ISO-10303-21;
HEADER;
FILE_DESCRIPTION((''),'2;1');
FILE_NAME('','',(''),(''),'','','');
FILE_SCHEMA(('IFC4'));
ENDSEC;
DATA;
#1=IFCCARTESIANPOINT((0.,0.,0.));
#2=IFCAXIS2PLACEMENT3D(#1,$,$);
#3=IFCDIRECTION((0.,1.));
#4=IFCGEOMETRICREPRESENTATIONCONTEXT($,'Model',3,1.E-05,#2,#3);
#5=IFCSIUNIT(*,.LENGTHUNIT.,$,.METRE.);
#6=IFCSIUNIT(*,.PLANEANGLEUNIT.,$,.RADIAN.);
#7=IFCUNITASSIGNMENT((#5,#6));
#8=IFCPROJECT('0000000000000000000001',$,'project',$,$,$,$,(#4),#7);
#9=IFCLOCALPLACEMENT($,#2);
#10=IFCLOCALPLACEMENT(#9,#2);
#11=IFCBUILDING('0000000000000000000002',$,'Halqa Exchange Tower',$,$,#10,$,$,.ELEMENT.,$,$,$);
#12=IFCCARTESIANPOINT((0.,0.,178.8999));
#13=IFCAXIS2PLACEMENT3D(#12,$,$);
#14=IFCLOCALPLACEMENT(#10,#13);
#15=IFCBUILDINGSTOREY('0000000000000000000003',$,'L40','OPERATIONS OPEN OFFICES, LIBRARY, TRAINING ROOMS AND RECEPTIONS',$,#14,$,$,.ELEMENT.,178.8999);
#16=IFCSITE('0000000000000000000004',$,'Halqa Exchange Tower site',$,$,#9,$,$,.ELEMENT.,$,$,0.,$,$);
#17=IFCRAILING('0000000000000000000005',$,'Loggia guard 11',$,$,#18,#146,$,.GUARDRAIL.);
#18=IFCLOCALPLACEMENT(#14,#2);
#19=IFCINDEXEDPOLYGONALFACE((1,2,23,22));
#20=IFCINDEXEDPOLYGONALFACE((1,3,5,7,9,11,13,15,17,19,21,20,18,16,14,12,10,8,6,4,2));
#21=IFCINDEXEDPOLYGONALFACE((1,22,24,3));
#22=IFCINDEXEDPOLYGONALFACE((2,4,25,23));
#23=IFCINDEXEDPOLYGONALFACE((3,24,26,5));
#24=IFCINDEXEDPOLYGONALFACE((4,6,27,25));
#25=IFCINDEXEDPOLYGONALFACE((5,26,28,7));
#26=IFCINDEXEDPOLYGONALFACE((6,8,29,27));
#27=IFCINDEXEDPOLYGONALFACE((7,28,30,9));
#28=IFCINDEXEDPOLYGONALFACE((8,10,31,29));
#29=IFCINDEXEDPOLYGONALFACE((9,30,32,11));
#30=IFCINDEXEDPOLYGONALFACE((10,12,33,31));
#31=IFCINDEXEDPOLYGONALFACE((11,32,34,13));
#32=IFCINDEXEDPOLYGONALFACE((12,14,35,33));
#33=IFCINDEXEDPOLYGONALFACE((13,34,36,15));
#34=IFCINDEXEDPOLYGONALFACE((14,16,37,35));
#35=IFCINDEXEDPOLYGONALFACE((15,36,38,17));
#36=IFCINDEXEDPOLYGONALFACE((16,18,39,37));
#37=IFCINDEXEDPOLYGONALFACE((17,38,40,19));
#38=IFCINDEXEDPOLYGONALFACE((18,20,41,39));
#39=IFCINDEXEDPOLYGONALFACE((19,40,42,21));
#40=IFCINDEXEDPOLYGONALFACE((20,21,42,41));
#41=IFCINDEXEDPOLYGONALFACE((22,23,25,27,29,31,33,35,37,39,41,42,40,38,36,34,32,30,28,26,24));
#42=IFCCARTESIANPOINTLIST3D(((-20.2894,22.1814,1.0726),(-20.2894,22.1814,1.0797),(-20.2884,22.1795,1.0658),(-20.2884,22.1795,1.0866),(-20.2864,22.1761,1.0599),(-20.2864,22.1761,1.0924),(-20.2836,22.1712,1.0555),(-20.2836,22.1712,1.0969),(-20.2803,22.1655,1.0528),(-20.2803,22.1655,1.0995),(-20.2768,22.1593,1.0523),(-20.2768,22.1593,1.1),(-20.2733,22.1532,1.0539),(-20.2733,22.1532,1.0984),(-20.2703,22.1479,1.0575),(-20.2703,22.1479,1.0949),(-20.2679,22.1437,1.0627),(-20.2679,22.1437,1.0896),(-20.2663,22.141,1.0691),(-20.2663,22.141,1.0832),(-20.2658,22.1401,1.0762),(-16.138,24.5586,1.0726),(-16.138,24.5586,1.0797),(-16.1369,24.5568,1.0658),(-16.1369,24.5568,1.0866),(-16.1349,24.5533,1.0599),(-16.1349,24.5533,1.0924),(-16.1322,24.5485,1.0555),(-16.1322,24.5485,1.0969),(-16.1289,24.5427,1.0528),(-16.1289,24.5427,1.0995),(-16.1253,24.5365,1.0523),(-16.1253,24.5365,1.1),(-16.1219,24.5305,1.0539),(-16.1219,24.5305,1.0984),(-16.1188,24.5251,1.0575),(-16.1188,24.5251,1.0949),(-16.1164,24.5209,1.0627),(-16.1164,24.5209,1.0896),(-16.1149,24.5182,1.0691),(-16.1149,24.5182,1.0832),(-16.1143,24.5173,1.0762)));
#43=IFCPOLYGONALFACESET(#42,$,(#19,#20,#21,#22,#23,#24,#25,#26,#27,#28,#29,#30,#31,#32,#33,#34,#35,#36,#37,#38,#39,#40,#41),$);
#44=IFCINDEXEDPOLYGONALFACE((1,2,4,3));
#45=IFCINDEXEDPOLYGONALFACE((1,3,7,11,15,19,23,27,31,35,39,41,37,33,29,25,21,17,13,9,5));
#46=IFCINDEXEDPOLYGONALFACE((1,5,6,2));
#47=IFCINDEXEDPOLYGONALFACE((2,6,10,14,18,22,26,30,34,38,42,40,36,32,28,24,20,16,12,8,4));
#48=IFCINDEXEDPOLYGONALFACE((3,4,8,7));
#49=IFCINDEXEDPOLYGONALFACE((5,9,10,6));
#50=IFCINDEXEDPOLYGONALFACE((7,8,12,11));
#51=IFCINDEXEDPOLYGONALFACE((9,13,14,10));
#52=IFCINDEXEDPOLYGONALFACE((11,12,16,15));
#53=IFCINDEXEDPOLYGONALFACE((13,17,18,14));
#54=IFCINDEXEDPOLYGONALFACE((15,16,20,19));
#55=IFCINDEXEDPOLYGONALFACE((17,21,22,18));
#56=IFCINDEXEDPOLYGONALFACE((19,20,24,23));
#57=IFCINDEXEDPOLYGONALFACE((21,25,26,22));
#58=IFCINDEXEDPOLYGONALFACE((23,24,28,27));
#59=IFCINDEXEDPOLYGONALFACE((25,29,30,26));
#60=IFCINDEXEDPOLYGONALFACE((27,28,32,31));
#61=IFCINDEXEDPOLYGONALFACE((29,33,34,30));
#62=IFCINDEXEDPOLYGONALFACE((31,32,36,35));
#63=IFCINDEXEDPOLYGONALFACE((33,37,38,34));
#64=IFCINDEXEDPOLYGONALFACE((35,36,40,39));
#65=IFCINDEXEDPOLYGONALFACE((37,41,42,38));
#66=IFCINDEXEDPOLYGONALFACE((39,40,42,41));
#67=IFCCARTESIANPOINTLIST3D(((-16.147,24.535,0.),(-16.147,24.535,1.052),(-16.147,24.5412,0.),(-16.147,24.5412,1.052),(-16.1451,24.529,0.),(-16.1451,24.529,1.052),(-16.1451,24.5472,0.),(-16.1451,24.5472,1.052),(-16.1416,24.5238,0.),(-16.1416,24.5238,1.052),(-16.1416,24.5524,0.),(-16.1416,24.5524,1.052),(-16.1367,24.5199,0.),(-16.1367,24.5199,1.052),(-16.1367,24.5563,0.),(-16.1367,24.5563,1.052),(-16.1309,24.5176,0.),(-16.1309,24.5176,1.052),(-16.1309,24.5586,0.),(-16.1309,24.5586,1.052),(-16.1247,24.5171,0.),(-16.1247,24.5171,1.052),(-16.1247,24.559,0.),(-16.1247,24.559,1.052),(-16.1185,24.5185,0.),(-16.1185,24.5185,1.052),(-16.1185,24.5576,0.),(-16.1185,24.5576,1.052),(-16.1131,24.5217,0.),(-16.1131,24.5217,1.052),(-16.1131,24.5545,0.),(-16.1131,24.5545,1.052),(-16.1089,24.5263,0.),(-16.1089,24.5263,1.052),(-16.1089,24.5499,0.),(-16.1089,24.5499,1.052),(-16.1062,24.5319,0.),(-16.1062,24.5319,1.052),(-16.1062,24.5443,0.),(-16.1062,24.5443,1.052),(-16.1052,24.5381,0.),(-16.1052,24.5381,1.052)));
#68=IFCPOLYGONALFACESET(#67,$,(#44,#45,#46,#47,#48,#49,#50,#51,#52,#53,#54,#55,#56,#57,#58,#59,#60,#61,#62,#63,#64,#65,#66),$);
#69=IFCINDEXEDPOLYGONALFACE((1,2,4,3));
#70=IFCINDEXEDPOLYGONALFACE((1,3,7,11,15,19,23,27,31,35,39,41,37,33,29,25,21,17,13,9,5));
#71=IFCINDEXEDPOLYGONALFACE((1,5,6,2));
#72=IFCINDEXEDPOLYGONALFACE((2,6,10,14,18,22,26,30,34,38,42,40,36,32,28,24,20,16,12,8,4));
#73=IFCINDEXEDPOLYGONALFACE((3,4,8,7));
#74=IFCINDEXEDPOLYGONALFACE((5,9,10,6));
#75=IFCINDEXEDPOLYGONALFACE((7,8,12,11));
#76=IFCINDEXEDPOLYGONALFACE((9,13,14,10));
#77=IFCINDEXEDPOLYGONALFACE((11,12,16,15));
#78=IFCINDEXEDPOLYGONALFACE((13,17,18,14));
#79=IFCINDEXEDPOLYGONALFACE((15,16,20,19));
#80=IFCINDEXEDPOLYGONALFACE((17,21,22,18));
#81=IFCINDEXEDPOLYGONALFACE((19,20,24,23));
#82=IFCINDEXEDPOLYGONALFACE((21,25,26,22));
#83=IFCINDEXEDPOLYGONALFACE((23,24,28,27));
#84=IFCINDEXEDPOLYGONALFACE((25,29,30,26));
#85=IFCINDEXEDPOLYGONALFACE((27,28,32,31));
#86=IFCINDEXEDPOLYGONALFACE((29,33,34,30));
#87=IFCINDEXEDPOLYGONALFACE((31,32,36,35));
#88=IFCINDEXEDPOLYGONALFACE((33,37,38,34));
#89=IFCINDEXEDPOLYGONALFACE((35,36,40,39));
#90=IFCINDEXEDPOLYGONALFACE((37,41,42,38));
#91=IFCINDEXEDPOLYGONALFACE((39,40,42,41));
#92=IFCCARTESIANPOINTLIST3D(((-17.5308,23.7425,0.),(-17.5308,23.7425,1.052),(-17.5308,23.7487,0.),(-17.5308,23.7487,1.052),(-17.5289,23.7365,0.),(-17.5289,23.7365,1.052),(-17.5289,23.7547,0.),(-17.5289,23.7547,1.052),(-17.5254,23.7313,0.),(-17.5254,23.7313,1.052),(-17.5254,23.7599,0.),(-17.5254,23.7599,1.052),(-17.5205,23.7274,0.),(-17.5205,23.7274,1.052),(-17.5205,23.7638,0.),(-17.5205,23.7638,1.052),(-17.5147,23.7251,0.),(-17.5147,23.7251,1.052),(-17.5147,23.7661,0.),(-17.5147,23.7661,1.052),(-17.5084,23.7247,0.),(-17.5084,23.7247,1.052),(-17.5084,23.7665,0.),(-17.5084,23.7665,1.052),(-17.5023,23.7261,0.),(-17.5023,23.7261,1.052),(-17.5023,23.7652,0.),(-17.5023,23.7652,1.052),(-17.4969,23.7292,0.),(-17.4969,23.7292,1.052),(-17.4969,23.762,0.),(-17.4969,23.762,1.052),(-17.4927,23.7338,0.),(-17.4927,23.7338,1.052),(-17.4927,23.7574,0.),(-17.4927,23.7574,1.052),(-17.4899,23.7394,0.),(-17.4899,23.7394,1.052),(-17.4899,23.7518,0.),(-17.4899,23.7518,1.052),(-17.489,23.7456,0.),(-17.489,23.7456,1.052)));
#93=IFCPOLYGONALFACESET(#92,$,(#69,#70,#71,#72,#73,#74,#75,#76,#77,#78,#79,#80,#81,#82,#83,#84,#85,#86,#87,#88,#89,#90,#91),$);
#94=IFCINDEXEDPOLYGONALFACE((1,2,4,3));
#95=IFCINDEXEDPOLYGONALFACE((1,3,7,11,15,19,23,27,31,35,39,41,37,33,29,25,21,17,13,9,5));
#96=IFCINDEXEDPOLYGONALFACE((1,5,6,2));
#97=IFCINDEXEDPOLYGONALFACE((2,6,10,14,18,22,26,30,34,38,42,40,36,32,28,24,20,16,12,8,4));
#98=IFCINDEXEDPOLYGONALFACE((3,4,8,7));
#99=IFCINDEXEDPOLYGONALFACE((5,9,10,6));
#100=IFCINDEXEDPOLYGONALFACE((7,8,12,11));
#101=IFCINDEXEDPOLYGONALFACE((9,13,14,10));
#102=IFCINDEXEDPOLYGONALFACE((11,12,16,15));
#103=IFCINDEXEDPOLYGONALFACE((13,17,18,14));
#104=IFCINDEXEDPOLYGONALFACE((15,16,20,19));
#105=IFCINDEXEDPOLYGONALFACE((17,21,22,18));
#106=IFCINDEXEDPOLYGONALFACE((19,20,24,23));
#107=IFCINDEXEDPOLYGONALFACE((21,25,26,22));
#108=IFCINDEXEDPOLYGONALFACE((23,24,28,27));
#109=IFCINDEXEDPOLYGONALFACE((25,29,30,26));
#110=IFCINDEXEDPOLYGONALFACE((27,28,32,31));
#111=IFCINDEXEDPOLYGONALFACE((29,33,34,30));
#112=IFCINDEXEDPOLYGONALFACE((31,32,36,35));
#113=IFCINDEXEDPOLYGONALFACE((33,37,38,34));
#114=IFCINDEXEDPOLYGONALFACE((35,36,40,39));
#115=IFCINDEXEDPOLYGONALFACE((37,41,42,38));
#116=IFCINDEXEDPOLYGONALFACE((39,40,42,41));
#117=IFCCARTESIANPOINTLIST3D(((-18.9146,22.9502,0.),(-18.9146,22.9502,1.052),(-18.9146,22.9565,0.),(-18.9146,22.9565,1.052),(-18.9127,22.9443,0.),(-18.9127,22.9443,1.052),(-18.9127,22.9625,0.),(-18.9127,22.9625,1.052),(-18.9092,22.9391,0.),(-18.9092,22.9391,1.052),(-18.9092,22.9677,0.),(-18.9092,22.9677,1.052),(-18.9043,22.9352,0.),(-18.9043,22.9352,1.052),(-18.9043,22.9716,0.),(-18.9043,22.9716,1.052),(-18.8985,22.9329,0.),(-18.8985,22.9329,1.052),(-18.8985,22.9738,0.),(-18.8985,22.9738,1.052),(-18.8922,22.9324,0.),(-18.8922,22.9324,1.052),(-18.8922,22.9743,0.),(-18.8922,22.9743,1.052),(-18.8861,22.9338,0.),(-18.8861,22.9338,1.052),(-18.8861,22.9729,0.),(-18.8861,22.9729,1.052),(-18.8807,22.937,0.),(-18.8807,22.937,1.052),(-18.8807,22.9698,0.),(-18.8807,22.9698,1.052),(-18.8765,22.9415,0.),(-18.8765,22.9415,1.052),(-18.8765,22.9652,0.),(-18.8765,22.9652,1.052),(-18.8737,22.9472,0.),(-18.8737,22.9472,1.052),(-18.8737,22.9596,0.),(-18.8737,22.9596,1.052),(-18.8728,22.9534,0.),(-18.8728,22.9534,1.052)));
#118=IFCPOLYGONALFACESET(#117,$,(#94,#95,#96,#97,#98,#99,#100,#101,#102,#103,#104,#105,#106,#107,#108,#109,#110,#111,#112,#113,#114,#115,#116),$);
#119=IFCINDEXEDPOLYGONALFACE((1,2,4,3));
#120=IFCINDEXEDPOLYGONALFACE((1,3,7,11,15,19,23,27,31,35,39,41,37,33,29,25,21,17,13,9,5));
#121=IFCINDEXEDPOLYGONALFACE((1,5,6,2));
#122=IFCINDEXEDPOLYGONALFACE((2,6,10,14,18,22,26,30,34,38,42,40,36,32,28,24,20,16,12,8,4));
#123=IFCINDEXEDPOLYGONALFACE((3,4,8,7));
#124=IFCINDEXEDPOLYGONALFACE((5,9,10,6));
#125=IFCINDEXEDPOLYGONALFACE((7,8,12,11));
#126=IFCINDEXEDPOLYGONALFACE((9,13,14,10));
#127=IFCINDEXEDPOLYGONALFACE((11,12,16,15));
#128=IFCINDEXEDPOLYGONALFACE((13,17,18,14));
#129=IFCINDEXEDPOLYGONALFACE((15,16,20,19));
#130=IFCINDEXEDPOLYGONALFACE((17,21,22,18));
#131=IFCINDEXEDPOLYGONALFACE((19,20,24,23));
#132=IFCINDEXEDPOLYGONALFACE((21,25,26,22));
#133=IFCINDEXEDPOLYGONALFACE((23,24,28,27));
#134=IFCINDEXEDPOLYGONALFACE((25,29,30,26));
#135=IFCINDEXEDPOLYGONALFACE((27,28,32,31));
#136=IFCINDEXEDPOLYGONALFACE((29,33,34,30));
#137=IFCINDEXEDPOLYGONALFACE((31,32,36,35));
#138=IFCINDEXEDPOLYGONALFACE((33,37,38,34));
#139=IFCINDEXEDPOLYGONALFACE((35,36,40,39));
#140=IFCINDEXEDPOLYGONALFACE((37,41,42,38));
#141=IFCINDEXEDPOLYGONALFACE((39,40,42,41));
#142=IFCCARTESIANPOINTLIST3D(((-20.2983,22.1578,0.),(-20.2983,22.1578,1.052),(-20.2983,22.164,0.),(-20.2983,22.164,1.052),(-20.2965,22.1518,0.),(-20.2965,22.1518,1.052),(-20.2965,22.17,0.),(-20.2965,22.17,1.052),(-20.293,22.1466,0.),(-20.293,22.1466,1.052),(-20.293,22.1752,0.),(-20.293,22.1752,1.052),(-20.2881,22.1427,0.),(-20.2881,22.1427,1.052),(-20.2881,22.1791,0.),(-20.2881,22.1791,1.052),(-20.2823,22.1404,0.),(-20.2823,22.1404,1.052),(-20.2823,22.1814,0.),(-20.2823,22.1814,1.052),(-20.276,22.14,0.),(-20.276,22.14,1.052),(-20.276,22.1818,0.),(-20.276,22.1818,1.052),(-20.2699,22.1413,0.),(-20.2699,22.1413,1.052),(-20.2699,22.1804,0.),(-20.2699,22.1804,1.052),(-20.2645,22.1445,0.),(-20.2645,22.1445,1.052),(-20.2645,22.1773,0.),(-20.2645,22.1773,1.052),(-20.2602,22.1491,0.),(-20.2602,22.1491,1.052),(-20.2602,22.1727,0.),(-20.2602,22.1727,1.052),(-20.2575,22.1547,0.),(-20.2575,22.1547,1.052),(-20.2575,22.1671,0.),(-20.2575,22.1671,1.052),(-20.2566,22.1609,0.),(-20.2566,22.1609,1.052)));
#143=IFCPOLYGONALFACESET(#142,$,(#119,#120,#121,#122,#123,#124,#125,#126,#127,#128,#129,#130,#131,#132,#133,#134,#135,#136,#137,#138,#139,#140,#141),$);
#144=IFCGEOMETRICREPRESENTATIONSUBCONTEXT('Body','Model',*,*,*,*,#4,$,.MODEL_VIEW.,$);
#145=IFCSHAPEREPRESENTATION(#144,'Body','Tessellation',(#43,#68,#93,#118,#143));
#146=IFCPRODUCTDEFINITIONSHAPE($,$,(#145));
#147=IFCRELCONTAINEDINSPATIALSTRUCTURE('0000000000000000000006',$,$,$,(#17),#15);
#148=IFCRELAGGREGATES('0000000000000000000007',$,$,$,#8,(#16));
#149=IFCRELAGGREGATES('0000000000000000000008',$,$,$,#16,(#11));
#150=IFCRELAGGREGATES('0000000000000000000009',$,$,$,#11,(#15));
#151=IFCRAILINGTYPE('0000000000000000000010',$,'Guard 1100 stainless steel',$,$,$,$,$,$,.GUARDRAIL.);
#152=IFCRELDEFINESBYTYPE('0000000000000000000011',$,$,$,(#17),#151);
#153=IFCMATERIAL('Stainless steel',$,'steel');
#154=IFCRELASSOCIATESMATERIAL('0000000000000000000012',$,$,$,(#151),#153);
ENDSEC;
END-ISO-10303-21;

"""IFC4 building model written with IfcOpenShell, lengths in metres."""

from ifc_helpers import new_model, si_unit, direction, frame, origin, origin_2d, place, context, subcontext, project, spatial, circle, extrude, material, type_object, element, save


model = new_model("IFC4")

# Units and contexts
model_context = context("Model", 3, precision=1e-05, world=origin(), true_north=direction((0.0, 1.0)))
body_context = subcontext(model_context, "Body", "Model", "MODEL_VIEW")
ifc_project = project(units=[si_unit("LENGTHUNIT", "METRE"), si_unit("PLANEANGLEUNIT", "RADIAN")], contexts=[model_context])

# Site, building, storey
site_placement = place(None, origin())
site = spatial("IfcSite", under=ifc_project, at=site_placement, Name="Halqa Exchange Tower site", CompositionType="ELEMENT", RefElevation=0.0)
building_placement = place(site_placement, origin())
building = spatial("IfcBuilding", under=site, at=building_placement, Name="Halqa Exchange Tower", CompositionType="ELEMENT")
storey_placement = place(building_placement, frame((0.0, 0.0, 178.8999)))
storey = spatial("IfcBuildingStorey", under=building, at=storey_placement, Name="L40", Description="OPERATIONS OPEN OFFICES, LIBRARY, TRAINING ROOMS AND RECEPTIONS", CompositionType="ELEMENT", Elevation=178.8999)

# Railing
ifc_material_1 = material(Name="Stainless steel", Category="steel")
railing_type = type_object("IfcRailingType", Name="Guard 1100 stainless steel", PredefinedType="GUARDRAIL", material=ifc_material_1)
railing_1_placement = place(storey_placement, frame((-16.1262, 24.5381, 0.0)))
element("IfcRailing", 1, at=railing_1_placement, inside=storey, type_object=railing_type, Name="Loggia guard 11", PredefinedType="GUARDRAIL", context=body_context, shape_type="SweptSolid", body=[
    extrude(circle(Radius=0.0239, at=origin_2d()), frame((0.0, 0.0, 1.0762), z_axis=(-0.867794, -0.496925, 0.0), x_axis=(0.496925, -0.867794, 0.0)), (0.0, 0.0, 1.0), 4.7839),
    extrude(circle(Radius=0.021, at=origin_2d()), origin(), (0.0, 0.0, 1.0), 1.052),
    extrude(circle(Radius=0.021, at=origin_2d()), frame((-1.3838, -0.7925, 0.0)), (0.0, 0.0, 1.0), 1.052),
    extrude(circle(Radius=0.021, at=origin_2d()), frame((-2.7676, -1.5847, 0.0)), (0.0, 0.0, 1.0), 1.052),
    extrude(circle(Radius=0.021, at=origin_2d()), frame((-4.1514, -2.3772, 0.0)), (0.0, 0.0, 1.0), 1.052),
])

save(model, "model.ifc")
